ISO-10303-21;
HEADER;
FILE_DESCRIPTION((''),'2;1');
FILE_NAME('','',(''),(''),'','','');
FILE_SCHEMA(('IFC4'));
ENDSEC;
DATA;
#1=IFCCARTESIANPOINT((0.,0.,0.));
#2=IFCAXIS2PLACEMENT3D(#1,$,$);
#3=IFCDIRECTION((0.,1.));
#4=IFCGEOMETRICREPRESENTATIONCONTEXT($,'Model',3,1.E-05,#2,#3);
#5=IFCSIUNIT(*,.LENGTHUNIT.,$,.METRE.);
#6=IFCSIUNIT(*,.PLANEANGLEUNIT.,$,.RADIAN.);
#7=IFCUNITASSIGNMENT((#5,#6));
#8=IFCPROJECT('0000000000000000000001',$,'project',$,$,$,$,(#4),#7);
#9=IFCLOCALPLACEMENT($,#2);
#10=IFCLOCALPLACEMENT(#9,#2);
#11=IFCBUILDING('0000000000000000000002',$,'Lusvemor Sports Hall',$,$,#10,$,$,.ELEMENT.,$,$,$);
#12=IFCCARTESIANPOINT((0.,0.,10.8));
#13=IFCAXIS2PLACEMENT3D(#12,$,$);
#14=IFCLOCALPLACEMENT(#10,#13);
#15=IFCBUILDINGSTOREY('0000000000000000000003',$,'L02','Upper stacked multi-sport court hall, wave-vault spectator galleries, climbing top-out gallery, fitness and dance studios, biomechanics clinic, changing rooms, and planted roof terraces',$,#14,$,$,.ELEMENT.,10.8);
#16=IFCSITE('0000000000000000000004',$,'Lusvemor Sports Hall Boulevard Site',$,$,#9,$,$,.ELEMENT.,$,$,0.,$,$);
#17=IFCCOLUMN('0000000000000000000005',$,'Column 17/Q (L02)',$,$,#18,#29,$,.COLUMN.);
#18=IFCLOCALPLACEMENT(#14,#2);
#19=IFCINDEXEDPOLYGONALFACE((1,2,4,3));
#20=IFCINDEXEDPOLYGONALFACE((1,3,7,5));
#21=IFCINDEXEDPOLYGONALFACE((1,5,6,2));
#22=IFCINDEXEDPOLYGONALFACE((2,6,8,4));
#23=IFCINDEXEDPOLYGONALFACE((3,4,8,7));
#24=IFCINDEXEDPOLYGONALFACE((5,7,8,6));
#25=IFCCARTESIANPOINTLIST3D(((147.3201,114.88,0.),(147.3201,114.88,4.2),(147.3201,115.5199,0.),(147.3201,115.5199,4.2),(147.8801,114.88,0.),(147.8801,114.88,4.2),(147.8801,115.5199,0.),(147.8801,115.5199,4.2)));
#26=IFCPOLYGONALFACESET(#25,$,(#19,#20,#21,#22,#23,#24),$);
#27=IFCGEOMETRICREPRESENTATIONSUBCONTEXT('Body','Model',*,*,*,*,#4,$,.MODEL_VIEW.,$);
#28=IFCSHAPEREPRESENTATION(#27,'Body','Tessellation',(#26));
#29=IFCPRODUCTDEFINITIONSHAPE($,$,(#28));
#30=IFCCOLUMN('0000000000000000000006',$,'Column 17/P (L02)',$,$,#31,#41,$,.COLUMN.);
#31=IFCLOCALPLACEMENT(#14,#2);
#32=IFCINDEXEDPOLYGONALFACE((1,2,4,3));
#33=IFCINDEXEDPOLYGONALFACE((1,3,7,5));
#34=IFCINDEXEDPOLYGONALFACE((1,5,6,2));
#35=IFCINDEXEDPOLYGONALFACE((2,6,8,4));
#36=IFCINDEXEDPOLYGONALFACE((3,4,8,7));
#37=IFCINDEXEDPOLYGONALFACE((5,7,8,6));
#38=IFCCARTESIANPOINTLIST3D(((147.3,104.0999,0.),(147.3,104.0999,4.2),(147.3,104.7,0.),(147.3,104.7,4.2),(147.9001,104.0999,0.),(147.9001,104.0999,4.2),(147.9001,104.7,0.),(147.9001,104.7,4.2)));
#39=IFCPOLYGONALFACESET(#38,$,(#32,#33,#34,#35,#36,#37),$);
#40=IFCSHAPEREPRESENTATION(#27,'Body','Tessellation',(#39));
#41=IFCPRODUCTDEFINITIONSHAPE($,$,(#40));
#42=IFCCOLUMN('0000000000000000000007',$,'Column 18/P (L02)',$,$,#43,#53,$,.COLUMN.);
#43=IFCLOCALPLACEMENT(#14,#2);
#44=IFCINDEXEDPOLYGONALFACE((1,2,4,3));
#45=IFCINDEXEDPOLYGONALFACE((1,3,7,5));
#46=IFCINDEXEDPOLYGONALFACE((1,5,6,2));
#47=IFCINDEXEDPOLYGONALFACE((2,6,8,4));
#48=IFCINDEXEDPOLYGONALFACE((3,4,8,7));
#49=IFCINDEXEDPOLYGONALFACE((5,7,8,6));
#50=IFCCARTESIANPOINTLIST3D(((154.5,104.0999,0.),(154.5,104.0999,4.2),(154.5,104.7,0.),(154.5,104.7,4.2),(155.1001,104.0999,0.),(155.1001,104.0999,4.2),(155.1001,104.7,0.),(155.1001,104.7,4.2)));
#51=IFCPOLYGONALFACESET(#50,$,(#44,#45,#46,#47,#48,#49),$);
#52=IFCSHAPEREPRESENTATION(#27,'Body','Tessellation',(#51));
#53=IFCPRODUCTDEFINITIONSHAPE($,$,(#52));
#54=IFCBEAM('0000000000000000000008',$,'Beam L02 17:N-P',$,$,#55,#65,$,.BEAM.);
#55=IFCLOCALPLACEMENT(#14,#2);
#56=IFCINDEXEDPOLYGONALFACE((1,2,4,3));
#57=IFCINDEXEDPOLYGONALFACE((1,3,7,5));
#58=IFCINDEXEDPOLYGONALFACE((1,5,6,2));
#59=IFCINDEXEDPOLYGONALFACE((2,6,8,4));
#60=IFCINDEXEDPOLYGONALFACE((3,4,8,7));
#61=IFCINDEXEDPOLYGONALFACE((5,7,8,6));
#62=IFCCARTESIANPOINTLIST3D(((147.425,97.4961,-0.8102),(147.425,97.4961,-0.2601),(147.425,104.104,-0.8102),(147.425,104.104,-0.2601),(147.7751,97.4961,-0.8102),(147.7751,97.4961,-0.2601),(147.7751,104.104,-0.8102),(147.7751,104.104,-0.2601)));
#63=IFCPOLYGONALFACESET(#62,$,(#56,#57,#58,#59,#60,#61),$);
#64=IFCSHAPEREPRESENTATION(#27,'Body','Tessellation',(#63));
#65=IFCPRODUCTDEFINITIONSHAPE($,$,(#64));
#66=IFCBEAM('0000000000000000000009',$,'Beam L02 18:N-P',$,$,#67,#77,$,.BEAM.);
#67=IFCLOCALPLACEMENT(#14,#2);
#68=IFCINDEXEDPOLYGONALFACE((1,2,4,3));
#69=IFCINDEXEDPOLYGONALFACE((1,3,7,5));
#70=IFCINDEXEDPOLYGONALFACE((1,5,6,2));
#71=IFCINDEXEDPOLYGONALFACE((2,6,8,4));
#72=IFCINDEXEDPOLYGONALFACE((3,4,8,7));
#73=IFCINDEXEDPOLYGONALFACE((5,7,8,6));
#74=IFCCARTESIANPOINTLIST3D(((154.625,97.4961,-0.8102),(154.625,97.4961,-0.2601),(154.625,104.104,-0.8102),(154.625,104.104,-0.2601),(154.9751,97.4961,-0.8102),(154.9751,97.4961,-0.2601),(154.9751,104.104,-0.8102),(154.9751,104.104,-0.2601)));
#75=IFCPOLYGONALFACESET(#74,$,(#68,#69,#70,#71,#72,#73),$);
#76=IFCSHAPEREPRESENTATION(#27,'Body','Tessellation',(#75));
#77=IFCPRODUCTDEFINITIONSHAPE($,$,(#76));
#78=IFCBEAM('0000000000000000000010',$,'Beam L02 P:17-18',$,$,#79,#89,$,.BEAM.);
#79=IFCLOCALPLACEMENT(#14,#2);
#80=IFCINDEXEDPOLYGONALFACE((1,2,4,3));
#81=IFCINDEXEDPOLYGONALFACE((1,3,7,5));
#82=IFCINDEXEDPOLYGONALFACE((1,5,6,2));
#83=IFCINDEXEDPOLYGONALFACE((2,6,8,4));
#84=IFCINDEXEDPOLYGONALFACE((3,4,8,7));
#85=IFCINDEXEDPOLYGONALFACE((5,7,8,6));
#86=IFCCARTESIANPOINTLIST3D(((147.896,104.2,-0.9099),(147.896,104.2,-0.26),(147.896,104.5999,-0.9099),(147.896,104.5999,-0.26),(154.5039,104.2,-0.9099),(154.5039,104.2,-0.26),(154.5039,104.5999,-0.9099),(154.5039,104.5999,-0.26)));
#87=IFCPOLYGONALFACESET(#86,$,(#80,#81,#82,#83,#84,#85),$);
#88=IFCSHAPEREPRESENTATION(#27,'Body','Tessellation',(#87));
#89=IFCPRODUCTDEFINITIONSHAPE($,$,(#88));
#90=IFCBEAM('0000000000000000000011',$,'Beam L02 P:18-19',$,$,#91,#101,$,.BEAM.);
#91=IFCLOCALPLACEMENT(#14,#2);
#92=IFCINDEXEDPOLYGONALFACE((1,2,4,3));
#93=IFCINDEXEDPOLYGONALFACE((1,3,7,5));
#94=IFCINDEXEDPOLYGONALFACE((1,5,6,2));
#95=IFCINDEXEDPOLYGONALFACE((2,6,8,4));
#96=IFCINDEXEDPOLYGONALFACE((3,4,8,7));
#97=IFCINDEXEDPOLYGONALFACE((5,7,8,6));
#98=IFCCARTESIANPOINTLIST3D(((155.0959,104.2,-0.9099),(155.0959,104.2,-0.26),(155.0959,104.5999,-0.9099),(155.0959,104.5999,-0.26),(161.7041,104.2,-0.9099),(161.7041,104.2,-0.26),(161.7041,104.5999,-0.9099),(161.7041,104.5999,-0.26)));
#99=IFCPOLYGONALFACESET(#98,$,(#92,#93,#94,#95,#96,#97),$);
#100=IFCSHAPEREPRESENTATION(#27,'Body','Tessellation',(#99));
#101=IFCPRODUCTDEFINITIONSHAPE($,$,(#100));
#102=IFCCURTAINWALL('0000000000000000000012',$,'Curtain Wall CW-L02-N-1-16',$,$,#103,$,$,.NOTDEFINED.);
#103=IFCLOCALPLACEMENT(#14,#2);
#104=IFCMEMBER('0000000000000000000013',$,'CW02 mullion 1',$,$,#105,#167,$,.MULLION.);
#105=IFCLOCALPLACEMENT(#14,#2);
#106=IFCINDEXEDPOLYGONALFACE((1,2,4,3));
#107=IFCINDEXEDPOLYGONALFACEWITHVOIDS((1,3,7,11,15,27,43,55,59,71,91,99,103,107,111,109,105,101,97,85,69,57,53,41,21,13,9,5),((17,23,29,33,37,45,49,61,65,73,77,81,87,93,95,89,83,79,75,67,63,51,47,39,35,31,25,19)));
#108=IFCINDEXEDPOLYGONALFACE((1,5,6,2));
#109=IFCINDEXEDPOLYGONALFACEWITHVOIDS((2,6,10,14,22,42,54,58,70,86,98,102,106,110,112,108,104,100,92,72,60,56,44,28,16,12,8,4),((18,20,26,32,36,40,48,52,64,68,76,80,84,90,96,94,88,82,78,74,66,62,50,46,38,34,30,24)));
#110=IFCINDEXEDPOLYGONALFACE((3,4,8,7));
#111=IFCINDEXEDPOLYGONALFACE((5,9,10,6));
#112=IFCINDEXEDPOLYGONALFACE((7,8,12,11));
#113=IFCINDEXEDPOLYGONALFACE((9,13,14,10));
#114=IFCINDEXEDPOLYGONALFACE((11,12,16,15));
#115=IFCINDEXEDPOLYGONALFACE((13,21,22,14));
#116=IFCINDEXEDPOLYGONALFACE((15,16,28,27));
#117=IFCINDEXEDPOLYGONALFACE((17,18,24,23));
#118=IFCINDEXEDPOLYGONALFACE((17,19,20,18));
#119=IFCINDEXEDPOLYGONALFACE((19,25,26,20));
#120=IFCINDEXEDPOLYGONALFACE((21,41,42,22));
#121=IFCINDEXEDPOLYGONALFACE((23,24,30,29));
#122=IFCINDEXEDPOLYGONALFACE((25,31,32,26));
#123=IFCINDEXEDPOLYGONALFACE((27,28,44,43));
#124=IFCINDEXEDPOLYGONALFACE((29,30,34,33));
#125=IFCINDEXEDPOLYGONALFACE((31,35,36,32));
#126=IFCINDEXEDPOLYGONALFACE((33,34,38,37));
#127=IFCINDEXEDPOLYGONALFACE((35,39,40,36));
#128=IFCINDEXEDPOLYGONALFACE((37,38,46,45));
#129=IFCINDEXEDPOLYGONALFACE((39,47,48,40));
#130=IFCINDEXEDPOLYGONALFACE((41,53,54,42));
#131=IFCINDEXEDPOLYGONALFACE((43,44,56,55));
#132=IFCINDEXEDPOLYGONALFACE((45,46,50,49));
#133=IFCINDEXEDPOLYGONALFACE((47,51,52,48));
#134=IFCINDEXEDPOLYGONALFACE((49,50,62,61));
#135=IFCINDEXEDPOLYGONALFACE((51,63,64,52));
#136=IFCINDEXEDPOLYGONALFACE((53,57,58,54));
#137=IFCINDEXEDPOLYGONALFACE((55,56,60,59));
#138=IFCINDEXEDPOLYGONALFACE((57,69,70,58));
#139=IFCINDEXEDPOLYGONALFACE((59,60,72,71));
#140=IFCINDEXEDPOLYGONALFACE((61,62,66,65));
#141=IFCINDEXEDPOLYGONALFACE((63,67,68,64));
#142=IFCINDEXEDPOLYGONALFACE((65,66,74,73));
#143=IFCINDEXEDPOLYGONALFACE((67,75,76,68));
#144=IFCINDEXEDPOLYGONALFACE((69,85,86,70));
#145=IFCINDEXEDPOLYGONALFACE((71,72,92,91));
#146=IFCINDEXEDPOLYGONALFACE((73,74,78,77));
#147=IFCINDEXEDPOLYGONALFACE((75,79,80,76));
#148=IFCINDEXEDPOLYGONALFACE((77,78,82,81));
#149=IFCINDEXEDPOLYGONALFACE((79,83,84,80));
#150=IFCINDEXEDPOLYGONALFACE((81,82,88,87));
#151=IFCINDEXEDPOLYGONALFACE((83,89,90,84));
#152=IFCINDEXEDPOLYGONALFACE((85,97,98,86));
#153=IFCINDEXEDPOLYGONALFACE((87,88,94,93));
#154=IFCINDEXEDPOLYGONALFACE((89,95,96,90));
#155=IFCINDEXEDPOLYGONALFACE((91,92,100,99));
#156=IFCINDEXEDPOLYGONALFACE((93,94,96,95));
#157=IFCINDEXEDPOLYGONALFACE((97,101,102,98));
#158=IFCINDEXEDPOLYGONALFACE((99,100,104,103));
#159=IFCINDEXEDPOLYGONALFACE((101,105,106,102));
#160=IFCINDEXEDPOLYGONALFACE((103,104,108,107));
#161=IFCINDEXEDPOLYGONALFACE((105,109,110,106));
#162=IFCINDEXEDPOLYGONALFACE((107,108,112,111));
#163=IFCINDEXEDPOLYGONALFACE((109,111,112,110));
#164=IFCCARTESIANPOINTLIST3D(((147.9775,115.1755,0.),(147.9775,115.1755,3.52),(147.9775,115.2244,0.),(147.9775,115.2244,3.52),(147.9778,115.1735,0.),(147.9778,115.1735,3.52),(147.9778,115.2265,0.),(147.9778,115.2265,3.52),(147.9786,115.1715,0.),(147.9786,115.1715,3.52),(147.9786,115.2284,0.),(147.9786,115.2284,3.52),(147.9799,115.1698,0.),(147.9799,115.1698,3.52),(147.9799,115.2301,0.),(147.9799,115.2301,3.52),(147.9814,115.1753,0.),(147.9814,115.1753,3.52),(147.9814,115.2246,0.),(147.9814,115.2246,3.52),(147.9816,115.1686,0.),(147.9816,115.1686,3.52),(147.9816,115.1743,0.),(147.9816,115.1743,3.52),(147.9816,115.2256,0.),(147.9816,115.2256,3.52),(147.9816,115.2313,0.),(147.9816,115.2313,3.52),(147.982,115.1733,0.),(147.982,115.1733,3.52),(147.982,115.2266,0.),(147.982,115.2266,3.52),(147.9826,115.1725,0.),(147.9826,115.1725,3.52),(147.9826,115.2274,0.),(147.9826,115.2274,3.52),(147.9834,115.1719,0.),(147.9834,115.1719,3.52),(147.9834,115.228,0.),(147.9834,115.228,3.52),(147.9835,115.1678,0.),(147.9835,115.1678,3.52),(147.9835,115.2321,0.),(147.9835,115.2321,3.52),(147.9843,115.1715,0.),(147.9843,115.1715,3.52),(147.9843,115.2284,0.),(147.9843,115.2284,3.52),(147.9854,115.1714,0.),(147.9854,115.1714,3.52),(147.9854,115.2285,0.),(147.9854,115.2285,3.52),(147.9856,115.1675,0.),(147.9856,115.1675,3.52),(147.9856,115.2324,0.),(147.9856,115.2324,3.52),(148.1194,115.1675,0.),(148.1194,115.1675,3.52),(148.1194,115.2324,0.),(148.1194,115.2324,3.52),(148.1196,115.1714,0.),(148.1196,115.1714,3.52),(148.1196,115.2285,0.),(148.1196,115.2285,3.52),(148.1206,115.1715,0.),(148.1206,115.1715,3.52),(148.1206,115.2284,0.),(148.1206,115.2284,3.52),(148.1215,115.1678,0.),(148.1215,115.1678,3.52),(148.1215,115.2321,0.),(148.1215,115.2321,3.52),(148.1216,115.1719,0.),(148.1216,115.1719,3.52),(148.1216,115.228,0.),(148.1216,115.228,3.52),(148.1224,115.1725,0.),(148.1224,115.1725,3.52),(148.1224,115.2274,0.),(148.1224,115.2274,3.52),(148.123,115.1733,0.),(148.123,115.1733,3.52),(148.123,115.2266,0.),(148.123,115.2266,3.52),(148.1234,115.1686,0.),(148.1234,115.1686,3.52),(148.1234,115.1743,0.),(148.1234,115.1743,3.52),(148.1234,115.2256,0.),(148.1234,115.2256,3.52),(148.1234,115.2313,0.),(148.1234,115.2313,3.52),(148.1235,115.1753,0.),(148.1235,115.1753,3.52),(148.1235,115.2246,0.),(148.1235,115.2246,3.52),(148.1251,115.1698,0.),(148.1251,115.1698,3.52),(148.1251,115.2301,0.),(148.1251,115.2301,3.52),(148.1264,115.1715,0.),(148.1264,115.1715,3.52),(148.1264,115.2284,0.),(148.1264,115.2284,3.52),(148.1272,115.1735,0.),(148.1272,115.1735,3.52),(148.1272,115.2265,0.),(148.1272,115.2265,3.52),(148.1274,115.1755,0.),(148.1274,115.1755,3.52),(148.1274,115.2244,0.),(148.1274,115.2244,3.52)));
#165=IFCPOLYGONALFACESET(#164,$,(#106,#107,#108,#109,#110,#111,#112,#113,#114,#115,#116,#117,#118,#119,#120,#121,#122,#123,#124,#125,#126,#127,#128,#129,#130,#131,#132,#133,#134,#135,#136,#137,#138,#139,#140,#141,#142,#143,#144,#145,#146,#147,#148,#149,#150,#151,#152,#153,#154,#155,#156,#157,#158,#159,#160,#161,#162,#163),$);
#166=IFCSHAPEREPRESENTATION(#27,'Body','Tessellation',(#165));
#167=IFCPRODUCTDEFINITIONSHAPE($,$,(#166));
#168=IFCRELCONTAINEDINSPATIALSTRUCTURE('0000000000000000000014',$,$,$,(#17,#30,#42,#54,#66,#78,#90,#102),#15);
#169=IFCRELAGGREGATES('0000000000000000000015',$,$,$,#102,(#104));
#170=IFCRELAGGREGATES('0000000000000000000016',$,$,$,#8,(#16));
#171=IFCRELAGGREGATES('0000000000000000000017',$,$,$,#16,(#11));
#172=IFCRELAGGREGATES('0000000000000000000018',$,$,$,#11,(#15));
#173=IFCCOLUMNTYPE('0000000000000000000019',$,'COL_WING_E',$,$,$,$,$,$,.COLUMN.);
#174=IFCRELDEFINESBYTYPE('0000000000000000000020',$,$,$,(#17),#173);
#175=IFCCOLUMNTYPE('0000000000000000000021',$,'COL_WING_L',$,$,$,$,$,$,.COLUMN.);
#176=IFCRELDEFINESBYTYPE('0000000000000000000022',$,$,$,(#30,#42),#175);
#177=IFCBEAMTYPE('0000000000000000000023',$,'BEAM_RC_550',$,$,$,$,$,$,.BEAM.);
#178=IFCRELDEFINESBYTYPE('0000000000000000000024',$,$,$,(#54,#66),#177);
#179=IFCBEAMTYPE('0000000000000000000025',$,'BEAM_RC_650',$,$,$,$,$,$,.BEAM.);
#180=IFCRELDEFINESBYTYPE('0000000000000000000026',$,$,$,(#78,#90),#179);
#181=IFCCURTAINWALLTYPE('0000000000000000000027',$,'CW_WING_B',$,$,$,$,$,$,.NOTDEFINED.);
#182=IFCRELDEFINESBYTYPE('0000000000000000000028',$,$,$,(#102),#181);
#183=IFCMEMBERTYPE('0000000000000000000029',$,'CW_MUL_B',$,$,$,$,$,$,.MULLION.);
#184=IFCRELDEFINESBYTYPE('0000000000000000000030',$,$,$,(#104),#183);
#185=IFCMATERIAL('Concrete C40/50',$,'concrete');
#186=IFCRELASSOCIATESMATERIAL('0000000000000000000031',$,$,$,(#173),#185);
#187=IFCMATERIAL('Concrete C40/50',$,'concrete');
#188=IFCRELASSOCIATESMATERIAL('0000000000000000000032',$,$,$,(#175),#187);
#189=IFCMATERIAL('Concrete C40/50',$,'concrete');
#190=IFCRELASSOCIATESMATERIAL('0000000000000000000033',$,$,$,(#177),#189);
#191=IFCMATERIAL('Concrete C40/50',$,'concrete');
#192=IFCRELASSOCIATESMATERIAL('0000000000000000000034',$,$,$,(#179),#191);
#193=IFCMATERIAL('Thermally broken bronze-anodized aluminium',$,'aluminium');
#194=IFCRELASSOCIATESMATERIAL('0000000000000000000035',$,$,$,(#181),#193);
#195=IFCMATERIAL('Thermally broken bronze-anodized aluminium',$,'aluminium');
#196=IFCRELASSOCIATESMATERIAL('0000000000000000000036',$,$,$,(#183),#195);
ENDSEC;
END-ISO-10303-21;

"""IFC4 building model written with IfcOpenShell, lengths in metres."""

from ifc_helpers import new_model, si_unit, direction, frame, origin, origin_2d, place, context, subcontext, project, spatial, rectangle, hollow_rectangle, extrude, material, material_profile, profile_set, type_object, element, aggregate, save


model = new_model("IFC4")

# Units and contexts
model_context = context("Model", 3, precision=1e-05, world=origin(), true_north=direction((0.0, 1.0)))
body_context = subcontext(model_context, "Body", "Model", "MODEL_VIEW")
ifc_project = project(units=[si_unit("LENGTHUNIT", "METRE"), si_unit("PLANEANGLEUNIT", "RADIAN")], contexts=[model_context])

# Site, building, storey
site_placement = place(None, origin())
site = spatial("IfcSite", under=ifc_project, at=site_placement, Name="Lusvemor Sports Hall Boulevard Site", CompositionType="ELEMENT", RefElevation=0.0)
building_placement = place(site_placement, origin())
building = spatial("IfcBuilding", under=site, at=building_placement, Name="Lusvemor Sports Hall", CompositionType="ELEMENT")
storey_placement = place(building_placement, frame((0.0, 0.0, 10.8)))
storey = spatial("IfcBuildingStorey", under=building, at=storey_placement, Name="L02", Description="Upper stacked multi-sport court hall, wave-vault spectator galleries, climbing top-out gallery, fitness and dance studios, biomechanics clinic, changing rooms, and planted roof terraces", CompositionType="ELEMENT", Elevation=10.8)

# Columns
ifc_material_1 = material(Name="Concrete C40/50", Category="concrete")
ifc_material_profile_1 = material_profile(ifc_material_1, rectangle(XDim=0.5601, YDim=0.6399, at=origin_2d()), Name="RC560x640")
ifc_profile_set_1 = profile_set([ifc_material_profile_1], Name="Concrete C40/50")
column_type_1 = type_object("IfcColumnType", Name="COL_WING_E", PredefinedType="COLUMN", material=ifc_profile_set_1)
column_placement = place(storey_placement, frame((147.6001, 115.2, 0.0), z_axis=(0.0, 0.0, 1.0), x_axis=(1.0, 0.0, 0.0)))
element("IfcColumn", 1, at=column_placement, inside=storey, type_object=column_type_1, Name="Column 17/Q (L02)", PredefinedType="COLUMN", context=body_context, shape_type="SweptSolid", body=[
    extrude(rectangle(XDim=0.5601, YDim=0.6399, at=origin_2d()), origin(), (0.0, 0.0, 1.0), 4.2),
])
ifc_material_2 = material(Name="Concrete C40/50", Category="concrete")
ifc_material_profile_2 = material_profile(ifc_material_2, rectangle(XDim=0.6001, YDim=0.6001, at=origin_2d()), Name="RC600x600")
ifc_profile_set_2 = profile_set([ifc_material_profile_2], Name="Concrete C40/50")
column_type_2 = type_object("IfcColumnType", Name="COL_WING_L", PredefinedType="COLUMN", material=ifc_profile_set_2)
for number, where, z_axis, x_axis, name in (
    (2, (147.6001, 104.3999, 0.0), (0.0, 0.0, 1.0), (1.0, 0.0, 0.0), "Column 17/P (L02)"),
    (3, (154.8, 104.3999, 0.0), (0.0, 0.0, 1.0), (1.0, 0.0, 0.0), "Column 18/P (L02)"),
):
    element("IfcColumn", number, at=place(storey_placement, frame(where, z_axis=z_axis, x_axis=x_axis)), inside=storey, type_object=column_type_2, Name=name, PredefinedType="COLUMN", context=body_context, shape_type="SweptSolid", body=[
        extrude(rectangle(XDim=0.6001, YDim=0.6001, at=origin_2d()), origin(), (0.0, 0.0, 1.0), 4.2),
    ])

# Beams
ifc_material_3 = material(Name="Concrete C40/50", Category="concrete")
ifc_material_profile_3 = material_profile(ifc_material_3, rectangle(XDim=0.3501, YDim=0.55, at=origin_2d()), Name="RC350x550")
ifc_profile_set_3 = profile_set([ifc_material_profile_3], Name="Concrete C40/50")
beam_type_1 = type_object("IfcBeamType", Name="BEAM_RC_550", PredefinedType="BEAM", material=ifc_profile_set_3)
for number, where, z_axis, x_axis, name in (
    (4, (147.6001, 97.4961, -0.5352), (0.0, 1.0, 0.0), (-1.0, 0.0, 0.0), "Beam L02 17:N-P"),
    (5, (154.8, 97.4961, -0.5352), (0.0, 1.0, 0.0), (-1.0, 0.0, 0.0), "Beam L02 18:N-P"),
):
    element("IfcBeam", number, at=place(storey_placement, frame(where, z_axis=z_axis, x_axis=x_axis)), inside=storey, type_object=beam_type_1, Name=name, PredefinedType="BEAM", context=body_context, shape_type="SweptSolid", body=[
        extrude(rectangle(XDim=0.3501, YDim=0.55, at=origin_2d()), origin(), (0.0, 0.0, 1.0), 6.6079),
    ])
ifc_material_4 = material(Name="Concrete C40/50", Category="concrete")
ifc_material_profile_4 = material_profile(ifc_material_4, rectangle(XDim=0.3999, YDim=0.6499, at=origin_2d()), Name="RC400x650")
ifc_profile_set_4 = profile_set([ifc_material_profile_4], Name="Concrete C40/50")
beam_type_2 = type_object("IfcBeamType", Name="BEAM_RC_650", PredefinedType="BEAM", material=ifc_profile_set_4)
beam_1_placement = place(storey_placement, frame((147.896, 104.3999, -0.585), z_axis=(1.0, 0.0, 0.0), x_axis=(0.0, 1.0, 0.0)))
element("IfcBeam", 6, at=beam_1_placement, inside=storey, type_object=beam_type_2, Name="Beam L02 P:17-18", PredefinedType="BEAM", context=body_context, shape_type="SweptSolid", body=[
    extrude(rectangle(XDim=0.3999, YDim=0.6499, at=origin_2d()), origin(), (0.0, 0.0, 1.0), 6.6079),
])
beam_2_placement = place(storey_placement, frame((155.0959, 104.3999, -0.585), z_axis=(1.0, 0.0, 0.0), x_axis=(0.0, 1.0, 0.0)))
element("IfcBeam", 7, at=beam_2_placement, inside=storey, type_object=beam_type_2, Name="Beam L02 P:18-19", PredefinedType="BEAM", context=body_context, shape_type="SweptSolid", body=[
    extrude(rectangle(XDim=0.3999, YDim=0.6499, at=origin_2d()), origin(), (0.0, 0.0, 1.0), 6.6082),
])

# Curtain wall, member
ifc_material_5 = material(Name="Thermally broken bronze-anodized aluminium", Category="aluminium")
curtain_wall_type = type_object("IfcCurtainWallType", Name="CW_WING_B", PredefinedType="NOTDEFINED", material=ifc_material_5)
curtain_wall_placement = place(storey_placement, origin())
curtain_wall = element("IfcCurtainWall", 8, at=curtain_wall_placement, inside=storey, type_object=curtain_wall_type, Name="Curtain Wall CW-L02-N-1-16", PredefinedType="NOTDEFINED")
ifc_material_6 = material(Name="Thermally broken bronze-anodized aluminium", Category="aluminium")
ifc_material_profile_5 = material_profile(ifc_material_6, hollow_rectangle(XDim=0.0649, YDim=0.1499, WallThickness=0.0039, InnerFilletRadius=0.0039, OuterFilletRadius=0.0081, at=origin_2d()), Name="CWMUL150x65x4")
ifc_profile_set_5 = profile_set([ifc_material_profile_5], Name="Thermally broken bronze-anodized aluminium")
member_type_1 = type_object("IfcMemberType", Name="CW_MUL_B", PredefinedType="MULLION", material=ifc_profile_set_5)
member_1_placement = place(storey_placement, frame((148.0525, 115.2, 0.0), z_axis=(0.0, 0.0, 1.0), x_axis=(0.0, 1.0, 0.0)))
member_1 = element("IfcMember", 9, at=member_1_placement, type_object=member_type_1, Name="CW02 mullion 1", PredefinedType="MULLION", context=body_context, shape_type="SweptSolid", body=[
    extrude(hollow_rectangle(XDim=0.0649, YDim=0.1499, WallThickness=0.0039, InnerFilletRadius=0.0039, OuterFilletRadius=0.0081, at=origin_2d()), origin(), (0.0, 0.0, 1.0), 3.52),
])

aggregate(curtain_wall, [member_1])

save(model, "model.ifc")
